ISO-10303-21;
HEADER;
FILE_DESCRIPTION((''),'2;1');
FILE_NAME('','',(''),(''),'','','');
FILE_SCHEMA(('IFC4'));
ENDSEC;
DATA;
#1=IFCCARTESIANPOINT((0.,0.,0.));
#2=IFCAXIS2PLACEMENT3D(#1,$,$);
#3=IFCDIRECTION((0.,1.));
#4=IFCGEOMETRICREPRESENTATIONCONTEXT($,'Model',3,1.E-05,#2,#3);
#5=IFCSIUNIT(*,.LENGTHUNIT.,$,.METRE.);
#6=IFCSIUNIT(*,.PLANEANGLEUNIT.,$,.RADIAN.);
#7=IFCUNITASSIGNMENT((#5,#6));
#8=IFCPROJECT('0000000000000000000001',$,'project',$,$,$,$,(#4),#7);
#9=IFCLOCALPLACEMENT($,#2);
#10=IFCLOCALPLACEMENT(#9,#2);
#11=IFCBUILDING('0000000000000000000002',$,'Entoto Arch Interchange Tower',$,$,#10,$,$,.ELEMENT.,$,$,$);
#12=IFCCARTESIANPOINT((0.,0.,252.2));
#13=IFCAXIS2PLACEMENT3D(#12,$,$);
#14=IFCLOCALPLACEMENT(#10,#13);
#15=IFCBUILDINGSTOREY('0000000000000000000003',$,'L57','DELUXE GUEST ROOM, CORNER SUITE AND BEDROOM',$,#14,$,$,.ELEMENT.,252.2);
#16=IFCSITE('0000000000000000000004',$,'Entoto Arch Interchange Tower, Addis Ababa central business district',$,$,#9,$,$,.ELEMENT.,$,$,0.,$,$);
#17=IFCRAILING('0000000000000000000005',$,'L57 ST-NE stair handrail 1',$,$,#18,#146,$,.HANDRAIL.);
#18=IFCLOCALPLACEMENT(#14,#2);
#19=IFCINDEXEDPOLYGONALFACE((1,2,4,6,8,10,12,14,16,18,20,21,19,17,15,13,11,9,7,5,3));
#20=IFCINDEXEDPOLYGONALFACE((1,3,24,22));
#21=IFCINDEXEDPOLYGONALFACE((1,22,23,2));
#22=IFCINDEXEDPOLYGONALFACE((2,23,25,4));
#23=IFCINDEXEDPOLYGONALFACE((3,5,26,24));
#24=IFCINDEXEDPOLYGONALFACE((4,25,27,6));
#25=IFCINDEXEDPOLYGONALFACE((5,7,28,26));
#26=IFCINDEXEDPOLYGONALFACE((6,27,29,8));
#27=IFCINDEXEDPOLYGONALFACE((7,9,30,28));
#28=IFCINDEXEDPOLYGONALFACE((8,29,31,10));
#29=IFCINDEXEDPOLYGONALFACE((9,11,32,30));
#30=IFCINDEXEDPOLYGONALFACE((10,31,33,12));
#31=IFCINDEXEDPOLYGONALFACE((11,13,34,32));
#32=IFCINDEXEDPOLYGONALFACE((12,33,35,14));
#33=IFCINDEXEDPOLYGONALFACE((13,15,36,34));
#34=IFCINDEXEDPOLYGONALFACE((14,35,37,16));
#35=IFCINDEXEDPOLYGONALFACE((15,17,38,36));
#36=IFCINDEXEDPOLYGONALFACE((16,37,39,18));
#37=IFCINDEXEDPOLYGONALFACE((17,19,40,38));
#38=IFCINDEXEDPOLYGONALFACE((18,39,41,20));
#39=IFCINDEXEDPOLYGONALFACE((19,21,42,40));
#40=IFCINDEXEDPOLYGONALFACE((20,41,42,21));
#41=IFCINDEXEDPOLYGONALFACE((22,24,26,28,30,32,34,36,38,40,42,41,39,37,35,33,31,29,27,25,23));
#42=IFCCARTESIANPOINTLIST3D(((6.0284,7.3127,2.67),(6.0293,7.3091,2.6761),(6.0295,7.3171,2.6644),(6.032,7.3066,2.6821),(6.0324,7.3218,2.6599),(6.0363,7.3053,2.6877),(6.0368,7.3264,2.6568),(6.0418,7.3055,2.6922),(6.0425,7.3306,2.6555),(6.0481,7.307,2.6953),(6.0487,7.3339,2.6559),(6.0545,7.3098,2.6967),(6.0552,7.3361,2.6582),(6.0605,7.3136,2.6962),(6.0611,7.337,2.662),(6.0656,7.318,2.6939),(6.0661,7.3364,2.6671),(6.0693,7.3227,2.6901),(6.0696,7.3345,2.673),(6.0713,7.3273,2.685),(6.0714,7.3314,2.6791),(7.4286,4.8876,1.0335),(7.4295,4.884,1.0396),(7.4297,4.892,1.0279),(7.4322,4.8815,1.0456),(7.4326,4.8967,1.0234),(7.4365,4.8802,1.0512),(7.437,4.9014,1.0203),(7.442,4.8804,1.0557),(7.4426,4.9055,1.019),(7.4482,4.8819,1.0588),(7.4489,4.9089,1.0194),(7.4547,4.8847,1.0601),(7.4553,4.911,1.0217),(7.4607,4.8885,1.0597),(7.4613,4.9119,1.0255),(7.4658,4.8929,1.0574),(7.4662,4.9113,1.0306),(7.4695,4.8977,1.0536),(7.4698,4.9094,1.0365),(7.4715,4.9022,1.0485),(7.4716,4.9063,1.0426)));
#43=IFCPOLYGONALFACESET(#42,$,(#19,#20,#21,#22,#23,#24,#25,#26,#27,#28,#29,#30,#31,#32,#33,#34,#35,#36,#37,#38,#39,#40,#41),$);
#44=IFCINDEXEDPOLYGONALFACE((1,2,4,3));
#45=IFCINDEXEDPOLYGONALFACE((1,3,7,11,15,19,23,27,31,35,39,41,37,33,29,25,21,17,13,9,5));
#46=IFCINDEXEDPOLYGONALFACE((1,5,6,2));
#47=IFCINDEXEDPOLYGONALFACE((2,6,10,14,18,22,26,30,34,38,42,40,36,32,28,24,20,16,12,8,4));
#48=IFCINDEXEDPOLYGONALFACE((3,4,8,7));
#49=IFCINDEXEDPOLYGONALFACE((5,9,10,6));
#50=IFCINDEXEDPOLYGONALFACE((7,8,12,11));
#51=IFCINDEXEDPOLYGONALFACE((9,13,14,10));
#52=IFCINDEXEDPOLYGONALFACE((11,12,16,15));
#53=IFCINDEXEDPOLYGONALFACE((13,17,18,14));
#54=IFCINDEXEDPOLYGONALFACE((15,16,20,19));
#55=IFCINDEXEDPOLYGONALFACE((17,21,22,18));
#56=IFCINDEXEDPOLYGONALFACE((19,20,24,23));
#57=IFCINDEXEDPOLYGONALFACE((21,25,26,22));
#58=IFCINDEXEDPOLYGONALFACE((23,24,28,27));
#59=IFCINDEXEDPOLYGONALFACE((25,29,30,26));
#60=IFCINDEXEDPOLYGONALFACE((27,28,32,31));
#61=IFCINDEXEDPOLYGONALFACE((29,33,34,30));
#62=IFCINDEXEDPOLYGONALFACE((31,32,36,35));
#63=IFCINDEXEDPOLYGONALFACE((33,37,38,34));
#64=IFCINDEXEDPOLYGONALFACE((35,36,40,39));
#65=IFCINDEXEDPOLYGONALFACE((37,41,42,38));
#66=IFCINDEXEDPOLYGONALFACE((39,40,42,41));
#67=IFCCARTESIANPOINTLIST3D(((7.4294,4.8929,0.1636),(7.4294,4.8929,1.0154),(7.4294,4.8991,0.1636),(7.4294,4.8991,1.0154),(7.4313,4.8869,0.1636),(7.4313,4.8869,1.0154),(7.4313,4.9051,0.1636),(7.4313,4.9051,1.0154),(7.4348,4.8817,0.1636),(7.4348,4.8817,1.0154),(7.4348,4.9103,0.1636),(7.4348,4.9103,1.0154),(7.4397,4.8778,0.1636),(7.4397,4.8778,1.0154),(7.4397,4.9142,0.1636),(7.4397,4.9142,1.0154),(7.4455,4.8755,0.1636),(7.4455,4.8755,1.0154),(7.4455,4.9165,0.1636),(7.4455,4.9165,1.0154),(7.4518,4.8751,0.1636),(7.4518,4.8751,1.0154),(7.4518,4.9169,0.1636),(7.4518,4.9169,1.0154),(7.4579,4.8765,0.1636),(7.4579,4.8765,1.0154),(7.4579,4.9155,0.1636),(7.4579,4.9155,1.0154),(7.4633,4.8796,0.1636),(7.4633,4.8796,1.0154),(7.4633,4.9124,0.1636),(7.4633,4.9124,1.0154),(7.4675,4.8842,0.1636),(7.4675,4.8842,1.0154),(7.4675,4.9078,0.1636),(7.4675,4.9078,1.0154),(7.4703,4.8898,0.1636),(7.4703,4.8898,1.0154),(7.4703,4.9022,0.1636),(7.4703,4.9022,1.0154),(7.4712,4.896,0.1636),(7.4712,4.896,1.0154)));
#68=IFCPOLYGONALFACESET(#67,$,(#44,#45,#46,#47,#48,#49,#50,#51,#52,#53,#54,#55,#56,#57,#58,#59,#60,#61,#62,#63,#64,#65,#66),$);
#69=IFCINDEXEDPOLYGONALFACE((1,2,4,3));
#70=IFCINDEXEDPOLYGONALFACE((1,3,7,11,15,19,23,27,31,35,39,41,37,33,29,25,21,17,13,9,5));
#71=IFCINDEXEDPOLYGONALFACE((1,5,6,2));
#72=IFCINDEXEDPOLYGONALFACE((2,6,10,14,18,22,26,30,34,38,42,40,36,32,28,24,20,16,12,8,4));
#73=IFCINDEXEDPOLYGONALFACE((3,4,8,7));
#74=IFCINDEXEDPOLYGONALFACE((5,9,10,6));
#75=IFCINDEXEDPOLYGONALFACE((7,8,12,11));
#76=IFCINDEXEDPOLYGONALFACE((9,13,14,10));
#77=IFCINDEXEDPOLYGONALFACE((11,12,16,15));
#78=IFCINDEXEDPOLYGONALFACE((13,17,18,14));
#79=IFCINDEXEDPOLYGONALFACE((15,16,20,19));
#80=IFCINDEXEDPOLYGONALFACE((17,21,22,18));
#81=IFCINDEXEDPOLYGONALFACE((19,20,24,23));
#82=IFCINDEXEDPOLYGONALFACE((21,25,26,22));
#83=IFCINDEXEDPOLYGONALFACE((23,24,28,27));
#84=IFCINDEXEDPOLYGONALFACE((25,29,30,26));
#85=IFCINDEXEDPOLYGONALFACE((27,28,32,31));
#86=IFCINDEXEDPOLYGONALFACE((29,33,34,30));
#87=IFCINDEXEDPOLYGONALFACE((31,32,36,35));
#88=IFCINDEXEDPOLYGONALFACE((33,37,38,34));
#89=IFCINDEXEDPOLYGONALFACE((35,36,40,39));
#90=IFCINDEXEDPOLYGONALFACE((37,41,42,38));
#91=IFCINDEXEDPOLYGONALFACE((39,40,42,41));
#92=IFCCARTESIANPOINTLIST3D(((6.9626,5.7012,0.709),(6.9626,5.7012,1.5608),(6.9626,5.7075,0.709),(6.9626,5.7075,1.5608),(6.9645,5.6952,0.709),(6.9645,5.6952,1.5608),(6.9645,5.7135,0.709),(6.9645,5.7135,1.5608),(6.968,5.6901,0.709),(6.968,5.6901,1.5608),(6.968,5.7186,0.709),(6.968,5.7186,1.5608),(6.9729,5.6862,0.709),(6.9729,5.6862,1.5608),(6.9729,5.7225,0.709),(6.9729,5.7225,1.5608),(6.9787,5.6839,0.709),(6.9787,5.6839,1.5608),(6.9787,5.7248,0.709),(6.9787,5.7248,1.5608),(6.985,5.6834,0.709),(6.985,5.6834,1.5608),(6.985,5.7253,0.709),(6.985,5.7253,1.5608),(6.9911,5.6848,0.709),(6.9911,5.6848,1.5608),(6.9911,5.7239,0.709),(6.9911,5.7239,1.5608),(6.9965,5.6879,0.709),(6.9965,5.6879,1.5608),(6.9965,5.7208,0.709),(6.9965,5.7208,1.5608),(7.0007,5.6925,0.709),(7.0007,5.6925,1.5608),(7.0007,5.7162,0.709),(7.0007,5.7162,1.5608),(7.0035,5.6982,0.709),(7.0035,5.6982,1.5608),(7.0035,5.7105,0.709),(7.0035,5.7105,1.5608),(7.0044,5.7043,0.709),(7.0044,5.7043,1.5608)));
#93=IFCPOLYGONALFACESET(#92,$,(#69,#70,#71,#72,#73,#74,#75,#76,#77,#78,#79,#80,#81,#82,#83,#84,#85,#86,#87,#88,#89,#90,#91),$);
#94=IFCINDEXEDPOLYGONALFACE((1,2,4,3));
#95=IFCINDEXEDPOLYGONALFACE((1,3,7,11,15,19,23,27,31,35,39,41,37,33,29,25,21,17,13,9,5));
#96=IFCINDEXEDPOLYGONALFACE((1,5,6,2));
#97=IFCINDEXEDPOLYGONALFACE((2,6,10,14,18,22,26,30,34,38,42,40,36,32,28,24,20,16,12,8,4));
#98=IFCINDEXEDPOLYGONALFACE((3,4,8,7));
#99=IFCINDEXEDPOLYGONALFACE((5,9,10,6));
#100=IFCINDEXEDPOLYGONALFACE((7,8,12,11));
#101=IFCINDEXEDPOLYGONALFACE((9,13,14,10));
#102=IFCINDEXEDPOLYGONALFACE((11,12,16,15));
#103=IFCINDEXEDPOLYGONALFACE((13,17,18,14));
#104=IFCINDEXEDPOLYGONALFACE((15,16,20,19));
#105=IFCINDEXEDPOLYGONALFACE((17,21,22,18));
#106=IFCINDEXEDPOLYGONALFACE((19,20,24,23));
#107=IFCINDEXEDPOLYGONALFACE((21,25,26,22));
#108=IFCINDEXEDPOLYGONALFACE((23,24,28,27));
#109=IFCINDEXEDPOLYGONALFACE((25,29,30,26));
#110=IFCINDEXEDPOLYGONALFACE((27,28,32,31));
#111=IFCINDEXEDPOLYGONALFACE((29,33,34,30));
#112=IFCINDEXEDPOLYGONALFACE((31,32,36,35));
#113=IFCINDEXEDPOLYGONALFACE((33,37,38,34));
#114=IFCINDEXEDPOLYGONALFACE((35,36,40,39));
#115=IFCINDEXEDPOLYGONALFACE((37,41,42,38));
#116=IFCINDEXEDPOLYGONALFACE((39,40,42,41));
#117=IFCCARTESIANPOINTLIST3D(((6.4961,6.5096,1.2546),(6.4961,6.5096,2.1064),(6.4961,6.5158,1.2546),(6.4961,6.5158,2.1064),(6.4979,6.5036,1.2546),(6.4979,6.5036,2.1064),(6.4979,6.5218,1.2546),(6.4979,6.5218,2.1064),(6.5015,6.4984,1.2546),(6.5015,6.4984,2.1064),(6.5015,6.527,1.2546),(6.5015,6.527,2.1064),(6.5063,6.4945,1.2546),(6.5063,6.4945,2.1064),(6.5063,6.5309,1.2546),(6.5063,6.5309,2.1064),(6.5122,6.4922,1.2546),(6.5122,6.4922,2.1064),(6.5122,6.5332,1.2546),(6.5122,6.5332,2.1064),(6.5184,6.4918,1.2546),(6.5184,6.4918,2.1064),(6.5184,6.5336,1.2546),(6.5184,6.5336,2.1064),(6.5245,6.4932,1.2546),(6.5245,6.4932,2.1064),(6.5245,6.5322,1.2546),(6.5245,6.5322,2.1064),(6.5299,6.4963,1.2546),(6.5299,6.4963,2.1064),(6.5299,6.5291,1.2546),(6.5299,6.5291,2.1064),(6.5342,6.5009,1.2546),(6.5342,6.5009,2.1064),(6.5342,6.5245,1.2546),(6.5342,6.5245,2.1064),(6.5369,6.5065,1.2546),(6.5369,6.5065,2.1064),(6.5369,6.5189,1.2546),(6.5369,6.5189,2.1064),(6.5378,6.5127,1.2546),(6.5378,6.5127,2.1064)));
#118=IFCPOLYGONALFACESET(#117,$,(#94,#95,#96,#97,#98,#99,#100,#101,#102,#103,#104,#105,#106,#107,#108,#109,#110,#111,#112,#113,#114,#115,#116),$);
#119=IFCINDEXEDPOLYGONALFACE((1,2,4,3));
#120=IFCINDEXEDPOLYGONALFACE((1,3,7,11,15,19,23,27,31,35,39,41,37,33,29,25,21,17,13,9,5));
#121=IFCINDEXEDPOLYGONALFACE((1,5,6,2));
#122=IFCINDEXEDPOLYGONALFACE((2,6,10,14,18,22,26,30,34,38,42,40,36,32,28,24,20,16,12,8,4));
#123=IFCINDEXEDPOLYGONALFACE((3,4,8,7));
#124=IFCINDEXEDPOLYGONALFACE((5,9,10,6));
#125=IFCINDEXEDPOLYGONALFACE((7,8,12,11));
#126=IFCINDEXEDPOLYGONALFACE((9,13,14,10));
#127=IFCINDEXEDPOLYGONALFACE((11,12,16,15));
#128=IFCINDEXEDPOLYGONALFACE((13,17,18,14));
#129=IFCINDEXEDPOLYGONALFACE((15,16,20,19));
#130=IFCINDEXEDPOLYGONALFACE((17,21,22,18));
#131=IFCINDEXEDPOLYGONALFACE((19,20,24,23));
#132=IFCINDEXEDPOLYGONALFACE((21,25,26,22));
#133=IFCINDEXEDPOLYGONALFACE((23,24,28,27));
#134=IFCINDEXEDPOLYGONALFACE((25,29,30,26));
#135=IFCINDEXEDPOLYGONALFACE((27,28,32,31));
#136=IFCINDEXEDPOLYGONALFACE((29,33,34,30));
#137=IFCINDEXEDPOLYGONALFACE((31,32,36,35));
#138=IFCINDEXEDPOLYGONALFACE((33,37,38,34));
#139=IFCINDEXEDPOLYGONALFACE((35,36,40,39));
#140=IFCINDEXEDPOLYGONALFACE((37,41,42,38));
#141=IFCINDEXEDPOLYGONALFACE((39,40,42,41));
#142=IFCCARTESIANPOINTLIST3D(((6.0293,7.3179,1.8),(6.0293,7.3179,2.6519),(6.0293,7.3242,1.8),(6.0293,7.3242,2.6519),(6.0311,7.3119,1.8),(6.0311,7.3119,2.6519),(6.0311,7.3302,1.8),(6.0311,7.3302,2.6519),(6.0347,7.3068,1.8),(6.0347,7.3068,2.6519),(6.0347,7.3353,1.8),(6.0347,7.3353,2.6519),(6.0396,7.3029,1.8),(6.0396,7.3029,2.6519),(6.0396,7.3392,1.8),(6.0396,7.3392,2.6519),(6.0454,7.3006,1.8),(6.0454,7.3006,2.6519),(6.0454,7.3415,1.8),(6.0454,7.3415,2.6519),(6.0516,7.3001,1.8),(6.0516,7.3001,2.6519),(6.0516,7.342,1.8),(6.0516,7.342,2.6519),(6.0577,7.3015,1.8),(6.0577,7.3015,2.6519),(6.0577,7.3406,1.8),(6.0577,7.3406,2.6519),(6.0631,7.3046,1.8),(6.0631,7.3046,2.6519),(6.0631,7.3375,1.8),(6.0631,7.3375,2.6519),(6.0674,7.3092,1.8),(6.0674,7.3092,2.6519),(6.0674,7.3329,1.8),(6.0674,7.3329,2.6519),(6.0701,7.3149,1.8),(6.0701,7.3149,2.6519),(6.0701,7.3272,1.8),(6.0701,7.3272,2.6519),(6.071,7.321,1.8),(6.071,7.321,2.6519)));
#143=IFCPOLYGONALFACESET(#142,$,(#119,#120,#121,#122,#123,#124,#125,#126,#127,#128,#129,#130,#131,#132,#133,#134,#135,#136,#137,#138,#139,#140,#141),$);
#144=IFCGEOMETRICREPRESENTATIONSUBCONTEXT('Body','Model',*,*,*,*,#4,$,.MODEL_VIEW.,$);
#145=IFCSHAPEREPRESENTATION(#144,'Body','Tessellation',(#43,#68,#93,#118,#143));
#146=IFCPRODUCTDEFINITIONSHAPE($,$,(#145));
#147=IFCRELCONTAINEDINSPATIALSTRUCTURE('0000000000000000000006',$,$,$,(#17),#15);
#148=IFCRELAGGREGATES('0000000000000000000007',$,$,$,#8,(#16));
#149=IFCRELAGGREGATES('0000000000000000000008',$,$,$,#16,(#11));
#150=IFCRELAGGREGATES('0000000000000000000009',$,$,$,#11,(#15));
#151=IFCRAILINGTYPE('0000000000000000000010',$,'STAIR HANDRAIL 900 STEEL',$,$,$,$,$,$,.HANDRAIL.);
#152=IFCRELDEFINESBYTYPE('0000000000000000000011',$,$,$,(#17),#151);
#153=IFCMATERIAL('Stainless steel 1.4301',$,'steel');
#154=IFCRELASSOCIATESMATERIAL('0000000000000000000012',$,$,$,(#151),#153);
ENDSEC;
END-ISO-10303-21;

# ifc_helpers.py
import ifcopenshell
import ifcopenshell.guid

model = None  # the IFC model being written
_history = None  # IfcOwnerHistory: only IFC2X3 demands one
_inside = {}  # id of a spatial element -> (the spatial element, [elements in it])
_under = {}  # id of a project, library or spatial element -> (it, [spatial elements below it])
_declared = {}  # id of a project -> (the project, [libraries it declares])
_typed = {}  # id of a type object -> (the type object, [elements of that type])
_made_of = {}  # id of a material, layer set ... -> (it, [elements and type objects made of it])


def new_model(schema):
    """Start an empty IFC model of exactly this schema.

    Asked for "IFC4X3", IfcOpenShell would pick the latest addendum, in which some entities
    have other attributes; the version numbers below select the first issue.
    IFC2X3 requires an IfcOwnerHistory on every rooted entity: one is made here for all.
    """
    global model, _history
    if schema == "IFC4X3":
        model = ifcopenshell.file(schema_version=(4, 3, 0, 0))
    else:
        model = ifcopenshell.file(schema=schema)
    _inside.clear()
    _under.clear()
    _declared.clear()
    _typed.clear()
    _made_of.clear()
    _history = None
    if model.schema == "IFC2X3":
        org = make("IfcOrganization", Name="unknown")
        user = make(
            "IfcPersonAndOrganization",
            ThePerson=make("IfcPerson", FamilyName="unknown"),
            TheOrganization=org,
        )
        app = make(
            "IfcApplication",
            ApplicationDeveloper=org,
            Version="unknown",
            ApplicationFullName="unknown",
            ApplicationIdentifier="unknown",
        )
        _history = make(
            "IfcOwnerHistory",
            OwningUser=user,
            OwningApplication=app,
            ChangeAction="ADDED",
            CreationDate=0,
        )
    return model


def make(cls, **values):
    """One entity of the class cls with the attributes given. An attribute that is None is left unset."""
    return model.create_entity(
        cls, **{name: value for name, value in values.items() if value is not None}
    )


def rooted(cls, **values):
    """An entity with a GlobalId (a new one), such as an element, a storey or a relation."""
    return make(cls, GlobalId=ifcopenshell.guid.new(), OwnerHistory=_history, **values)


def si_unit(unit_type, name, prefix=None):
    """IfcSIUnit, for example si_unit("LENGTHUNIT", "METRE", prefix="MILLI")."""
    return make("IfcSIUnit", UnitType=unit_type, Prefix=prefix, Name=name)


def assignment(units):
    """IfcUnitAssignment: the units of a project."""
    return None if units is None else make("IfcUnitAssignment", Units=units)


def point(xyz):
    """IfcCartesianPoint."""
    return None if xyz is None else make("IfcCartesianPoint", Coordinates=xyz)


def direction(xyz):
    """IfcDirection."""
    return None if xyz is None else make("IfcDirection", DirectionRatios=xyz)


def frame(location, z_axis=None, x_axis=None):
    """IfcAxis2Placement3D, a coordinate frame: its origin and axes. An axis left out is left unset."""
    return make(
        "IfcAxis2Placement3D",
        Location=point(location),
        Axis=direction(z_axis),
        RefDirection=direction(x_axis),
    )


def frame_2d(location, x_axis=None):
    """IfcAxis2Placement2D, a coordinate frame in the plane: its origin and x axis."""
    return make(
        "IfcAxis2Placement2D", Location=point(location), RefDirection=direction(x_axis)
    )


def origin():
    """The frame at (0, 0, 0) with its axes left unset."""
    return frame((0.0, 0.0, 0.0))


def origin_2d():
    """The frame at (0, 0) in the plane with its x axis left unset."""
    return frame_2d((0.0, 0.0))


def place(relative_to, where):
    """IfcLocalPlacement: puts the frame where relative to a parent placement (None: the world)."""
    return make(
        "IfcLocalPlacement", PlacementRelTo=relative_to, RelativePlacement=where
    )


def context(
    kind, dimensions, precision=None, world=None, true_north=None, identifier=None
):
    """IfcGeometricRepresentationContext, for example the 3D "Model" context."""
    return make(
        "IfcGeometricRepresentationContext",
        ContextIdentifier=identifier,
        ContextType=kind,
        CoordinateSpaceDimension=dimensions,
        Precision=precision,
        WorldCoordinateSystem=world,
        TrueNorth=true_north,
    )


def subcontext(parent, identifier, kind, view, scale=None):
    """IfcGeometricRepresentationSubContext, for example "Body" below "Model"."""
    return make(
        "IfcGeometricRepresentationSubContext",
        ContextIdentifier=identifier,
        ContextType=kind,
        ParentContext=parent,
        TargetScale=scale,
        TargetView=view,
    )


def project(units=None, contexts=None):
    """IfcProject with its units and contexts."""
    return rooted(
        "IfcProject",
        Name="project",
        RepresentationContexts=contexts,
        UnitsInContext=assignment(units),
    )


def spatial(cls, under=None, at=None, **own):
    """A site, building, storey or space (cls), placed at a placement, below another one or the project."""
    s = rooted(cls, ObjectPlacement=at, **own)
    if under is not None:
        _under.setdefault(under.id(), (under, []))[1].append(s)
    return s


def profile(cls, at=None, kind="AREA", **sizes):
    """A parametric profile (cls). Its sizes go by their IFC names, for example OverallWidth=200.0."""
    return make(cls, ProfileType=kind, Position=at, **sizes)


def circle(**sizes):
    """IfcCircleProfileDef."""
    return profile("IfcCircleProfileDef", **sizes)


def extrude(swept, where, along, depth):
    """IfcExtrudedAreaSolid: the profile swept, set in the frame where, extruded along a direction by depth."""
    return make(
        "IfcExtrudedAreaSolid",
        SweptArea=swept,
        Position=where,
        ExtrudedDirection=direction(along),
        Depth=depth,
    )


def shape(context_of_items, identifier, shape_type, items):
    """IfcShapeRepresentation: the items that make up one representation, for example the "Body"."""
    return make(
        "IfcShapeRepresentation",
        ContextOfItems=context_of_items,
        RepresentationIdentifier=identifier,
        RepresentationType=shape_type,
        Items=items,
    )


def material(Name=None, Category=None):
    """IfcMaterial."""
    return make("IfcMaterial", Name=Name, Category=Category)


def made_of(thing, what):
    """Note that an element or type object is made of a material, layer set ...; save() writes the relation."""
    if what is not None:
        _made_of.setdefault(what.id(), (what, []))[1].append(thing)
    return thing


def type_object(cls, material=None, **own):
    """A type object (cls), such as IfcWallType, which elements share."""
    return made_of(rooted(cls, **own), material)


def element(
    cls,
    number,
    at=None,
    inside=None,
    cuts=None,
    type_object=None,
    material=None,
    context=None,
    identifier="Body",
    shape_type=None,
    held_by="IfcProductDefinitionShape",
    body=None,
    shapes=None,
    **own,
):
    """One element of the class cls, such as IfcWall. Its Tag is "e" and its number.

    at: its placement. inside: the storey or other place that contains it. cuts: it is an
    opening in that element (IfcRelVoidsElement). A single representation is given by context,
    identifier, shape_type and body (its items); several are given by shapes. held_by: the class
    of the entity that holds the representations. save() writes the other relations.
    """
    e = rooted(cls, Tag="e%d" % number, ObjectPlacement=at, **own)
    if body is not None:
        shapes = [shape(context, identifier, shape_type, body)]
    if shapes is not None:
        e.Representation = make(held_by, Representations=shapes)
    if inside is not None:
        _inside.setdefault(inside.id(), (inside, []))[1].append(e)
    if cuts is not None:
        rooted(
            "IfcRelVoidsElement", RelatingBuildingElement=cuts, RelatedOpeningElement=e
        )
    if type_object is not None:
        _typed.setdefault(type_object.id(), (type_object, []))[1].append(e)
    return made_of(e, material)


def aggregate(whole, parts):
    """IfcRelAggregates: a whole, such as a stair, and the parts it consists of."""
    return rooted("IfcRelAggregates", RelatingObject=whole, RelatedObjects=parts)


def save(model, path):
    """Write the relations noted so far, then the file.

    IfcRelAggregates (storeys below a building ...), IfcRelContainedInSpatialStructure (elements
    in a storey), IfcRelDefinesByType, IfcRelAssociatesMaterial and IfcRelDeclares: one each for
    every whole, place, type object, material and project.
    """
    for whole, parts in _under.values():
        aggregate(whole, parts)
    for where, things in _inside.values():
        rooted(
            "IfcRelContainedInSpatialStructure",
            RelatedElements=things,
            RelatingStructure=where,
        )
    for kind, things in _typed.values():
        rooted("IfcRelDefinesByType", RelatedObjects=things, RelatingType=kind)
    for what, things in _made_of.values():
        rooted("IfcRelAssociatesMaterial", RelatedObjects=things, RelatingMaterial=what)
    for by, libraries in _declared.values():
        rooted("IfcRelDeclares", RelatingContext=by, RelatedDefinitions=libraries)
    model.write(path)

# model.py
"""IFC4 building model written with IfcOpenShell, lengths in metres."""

from ifc_helpers import new_model, si_unit, direction, frame, origin, origin_2d, place, context, subcontext, project, spatial, circle, extrude, material, type_object, element, save


model = new_model("IFC4")

# Units and contexts
model_context = context("Model", 3, precision=1e-05, world=origin(), true_north=direction((0.0, 1.0)))
body_context = subcontext(model_context, "Body", "Model", "MODEL_VIEW")
ifc_project = project(units=[si_unit("LENGTHUNIT", "METRE"), si_unit("PLANEANGLEUNIT", "RADIAN")], contexts=[model_context])

# Site, building, storey
site_placement = place(None, origin())
site = spatial("IfcSite", under=ifc_project, at=site_placement, Name="Entoto Arch Interchange Tower, Addis Ababa central business district", CompositionType="ELEMENT", RefElevation=0.0)
building_placement = place(site_placement, origin())
building = spatial("IfcBuilding", under=site, at=building_placement, Name="Entoto Arch Interchange Tower", CompositionType="ELEMENT")
storey_placement = place(building_placement, frame((0.0, 0.0, 252.2)))
storey = spatial("IfcBuildingStorey", under=building, at=storey_placement, Name="L57", Description="DELUXE GUEST ROOM, CORNER SUITE AND BEDROOM", CompositionType="ELEMENT", Elevation=252.2)

# Railing
ifc_material_1 = material(Name="Stainless steel 1.4301", Category="steel")
railing_type_1 = type_object("IfcRailingType", Name="STAIR HANDRAIL 900 STEEL", PredefinedType="HANDRAIL", material=ifc_material_1)
railing_1_placement = place(storey_placement, frame((7.4502, 4.896, 0.1636)))
element("IfcRailing", 1, at=railing_1_placement, inside=storey, type_object=railing_type_1, Name="L57 ST-NE stair handrail 1", PredefinedType="HANDRAIL", context=body_context, shape_type="SweptSolid", body=[
    extrude(circle(Radius=0.0239, at=origin_2d()), frame((0.0, 0.0, 0.876), z_axis=(-0.431698, 0.747699, 0.504563), x_axis=(-0.866019, -0.500012, 0.0)), (0.0, 0.0, 1.0), 3.2434),
    extrude(circle(Radius=0.021, at=origin_2d()), origin(), (0.0, 0.0, 1.0), 0.8518),
    extrude(circle(Radius=0.021, at=origin_2d()), frame((-0.4668, 0.8083, 0.5454)), (0.0, 0.0, 1.0), 0.8518),
    extrude(circle(Radius=0.021, at=origin_2d()), frame((-0.9333, 1.6167, 1.0911)), (0.0, 0.0, 1.0), 0.8518),
    extrude(circle(Radius=0.021, at=origin_2d()), frame((-1.4001, 2.425, 1.6365)), (0.0, 0.0, 1.0), 0.8518),
])

save(model, "model.ifc")
